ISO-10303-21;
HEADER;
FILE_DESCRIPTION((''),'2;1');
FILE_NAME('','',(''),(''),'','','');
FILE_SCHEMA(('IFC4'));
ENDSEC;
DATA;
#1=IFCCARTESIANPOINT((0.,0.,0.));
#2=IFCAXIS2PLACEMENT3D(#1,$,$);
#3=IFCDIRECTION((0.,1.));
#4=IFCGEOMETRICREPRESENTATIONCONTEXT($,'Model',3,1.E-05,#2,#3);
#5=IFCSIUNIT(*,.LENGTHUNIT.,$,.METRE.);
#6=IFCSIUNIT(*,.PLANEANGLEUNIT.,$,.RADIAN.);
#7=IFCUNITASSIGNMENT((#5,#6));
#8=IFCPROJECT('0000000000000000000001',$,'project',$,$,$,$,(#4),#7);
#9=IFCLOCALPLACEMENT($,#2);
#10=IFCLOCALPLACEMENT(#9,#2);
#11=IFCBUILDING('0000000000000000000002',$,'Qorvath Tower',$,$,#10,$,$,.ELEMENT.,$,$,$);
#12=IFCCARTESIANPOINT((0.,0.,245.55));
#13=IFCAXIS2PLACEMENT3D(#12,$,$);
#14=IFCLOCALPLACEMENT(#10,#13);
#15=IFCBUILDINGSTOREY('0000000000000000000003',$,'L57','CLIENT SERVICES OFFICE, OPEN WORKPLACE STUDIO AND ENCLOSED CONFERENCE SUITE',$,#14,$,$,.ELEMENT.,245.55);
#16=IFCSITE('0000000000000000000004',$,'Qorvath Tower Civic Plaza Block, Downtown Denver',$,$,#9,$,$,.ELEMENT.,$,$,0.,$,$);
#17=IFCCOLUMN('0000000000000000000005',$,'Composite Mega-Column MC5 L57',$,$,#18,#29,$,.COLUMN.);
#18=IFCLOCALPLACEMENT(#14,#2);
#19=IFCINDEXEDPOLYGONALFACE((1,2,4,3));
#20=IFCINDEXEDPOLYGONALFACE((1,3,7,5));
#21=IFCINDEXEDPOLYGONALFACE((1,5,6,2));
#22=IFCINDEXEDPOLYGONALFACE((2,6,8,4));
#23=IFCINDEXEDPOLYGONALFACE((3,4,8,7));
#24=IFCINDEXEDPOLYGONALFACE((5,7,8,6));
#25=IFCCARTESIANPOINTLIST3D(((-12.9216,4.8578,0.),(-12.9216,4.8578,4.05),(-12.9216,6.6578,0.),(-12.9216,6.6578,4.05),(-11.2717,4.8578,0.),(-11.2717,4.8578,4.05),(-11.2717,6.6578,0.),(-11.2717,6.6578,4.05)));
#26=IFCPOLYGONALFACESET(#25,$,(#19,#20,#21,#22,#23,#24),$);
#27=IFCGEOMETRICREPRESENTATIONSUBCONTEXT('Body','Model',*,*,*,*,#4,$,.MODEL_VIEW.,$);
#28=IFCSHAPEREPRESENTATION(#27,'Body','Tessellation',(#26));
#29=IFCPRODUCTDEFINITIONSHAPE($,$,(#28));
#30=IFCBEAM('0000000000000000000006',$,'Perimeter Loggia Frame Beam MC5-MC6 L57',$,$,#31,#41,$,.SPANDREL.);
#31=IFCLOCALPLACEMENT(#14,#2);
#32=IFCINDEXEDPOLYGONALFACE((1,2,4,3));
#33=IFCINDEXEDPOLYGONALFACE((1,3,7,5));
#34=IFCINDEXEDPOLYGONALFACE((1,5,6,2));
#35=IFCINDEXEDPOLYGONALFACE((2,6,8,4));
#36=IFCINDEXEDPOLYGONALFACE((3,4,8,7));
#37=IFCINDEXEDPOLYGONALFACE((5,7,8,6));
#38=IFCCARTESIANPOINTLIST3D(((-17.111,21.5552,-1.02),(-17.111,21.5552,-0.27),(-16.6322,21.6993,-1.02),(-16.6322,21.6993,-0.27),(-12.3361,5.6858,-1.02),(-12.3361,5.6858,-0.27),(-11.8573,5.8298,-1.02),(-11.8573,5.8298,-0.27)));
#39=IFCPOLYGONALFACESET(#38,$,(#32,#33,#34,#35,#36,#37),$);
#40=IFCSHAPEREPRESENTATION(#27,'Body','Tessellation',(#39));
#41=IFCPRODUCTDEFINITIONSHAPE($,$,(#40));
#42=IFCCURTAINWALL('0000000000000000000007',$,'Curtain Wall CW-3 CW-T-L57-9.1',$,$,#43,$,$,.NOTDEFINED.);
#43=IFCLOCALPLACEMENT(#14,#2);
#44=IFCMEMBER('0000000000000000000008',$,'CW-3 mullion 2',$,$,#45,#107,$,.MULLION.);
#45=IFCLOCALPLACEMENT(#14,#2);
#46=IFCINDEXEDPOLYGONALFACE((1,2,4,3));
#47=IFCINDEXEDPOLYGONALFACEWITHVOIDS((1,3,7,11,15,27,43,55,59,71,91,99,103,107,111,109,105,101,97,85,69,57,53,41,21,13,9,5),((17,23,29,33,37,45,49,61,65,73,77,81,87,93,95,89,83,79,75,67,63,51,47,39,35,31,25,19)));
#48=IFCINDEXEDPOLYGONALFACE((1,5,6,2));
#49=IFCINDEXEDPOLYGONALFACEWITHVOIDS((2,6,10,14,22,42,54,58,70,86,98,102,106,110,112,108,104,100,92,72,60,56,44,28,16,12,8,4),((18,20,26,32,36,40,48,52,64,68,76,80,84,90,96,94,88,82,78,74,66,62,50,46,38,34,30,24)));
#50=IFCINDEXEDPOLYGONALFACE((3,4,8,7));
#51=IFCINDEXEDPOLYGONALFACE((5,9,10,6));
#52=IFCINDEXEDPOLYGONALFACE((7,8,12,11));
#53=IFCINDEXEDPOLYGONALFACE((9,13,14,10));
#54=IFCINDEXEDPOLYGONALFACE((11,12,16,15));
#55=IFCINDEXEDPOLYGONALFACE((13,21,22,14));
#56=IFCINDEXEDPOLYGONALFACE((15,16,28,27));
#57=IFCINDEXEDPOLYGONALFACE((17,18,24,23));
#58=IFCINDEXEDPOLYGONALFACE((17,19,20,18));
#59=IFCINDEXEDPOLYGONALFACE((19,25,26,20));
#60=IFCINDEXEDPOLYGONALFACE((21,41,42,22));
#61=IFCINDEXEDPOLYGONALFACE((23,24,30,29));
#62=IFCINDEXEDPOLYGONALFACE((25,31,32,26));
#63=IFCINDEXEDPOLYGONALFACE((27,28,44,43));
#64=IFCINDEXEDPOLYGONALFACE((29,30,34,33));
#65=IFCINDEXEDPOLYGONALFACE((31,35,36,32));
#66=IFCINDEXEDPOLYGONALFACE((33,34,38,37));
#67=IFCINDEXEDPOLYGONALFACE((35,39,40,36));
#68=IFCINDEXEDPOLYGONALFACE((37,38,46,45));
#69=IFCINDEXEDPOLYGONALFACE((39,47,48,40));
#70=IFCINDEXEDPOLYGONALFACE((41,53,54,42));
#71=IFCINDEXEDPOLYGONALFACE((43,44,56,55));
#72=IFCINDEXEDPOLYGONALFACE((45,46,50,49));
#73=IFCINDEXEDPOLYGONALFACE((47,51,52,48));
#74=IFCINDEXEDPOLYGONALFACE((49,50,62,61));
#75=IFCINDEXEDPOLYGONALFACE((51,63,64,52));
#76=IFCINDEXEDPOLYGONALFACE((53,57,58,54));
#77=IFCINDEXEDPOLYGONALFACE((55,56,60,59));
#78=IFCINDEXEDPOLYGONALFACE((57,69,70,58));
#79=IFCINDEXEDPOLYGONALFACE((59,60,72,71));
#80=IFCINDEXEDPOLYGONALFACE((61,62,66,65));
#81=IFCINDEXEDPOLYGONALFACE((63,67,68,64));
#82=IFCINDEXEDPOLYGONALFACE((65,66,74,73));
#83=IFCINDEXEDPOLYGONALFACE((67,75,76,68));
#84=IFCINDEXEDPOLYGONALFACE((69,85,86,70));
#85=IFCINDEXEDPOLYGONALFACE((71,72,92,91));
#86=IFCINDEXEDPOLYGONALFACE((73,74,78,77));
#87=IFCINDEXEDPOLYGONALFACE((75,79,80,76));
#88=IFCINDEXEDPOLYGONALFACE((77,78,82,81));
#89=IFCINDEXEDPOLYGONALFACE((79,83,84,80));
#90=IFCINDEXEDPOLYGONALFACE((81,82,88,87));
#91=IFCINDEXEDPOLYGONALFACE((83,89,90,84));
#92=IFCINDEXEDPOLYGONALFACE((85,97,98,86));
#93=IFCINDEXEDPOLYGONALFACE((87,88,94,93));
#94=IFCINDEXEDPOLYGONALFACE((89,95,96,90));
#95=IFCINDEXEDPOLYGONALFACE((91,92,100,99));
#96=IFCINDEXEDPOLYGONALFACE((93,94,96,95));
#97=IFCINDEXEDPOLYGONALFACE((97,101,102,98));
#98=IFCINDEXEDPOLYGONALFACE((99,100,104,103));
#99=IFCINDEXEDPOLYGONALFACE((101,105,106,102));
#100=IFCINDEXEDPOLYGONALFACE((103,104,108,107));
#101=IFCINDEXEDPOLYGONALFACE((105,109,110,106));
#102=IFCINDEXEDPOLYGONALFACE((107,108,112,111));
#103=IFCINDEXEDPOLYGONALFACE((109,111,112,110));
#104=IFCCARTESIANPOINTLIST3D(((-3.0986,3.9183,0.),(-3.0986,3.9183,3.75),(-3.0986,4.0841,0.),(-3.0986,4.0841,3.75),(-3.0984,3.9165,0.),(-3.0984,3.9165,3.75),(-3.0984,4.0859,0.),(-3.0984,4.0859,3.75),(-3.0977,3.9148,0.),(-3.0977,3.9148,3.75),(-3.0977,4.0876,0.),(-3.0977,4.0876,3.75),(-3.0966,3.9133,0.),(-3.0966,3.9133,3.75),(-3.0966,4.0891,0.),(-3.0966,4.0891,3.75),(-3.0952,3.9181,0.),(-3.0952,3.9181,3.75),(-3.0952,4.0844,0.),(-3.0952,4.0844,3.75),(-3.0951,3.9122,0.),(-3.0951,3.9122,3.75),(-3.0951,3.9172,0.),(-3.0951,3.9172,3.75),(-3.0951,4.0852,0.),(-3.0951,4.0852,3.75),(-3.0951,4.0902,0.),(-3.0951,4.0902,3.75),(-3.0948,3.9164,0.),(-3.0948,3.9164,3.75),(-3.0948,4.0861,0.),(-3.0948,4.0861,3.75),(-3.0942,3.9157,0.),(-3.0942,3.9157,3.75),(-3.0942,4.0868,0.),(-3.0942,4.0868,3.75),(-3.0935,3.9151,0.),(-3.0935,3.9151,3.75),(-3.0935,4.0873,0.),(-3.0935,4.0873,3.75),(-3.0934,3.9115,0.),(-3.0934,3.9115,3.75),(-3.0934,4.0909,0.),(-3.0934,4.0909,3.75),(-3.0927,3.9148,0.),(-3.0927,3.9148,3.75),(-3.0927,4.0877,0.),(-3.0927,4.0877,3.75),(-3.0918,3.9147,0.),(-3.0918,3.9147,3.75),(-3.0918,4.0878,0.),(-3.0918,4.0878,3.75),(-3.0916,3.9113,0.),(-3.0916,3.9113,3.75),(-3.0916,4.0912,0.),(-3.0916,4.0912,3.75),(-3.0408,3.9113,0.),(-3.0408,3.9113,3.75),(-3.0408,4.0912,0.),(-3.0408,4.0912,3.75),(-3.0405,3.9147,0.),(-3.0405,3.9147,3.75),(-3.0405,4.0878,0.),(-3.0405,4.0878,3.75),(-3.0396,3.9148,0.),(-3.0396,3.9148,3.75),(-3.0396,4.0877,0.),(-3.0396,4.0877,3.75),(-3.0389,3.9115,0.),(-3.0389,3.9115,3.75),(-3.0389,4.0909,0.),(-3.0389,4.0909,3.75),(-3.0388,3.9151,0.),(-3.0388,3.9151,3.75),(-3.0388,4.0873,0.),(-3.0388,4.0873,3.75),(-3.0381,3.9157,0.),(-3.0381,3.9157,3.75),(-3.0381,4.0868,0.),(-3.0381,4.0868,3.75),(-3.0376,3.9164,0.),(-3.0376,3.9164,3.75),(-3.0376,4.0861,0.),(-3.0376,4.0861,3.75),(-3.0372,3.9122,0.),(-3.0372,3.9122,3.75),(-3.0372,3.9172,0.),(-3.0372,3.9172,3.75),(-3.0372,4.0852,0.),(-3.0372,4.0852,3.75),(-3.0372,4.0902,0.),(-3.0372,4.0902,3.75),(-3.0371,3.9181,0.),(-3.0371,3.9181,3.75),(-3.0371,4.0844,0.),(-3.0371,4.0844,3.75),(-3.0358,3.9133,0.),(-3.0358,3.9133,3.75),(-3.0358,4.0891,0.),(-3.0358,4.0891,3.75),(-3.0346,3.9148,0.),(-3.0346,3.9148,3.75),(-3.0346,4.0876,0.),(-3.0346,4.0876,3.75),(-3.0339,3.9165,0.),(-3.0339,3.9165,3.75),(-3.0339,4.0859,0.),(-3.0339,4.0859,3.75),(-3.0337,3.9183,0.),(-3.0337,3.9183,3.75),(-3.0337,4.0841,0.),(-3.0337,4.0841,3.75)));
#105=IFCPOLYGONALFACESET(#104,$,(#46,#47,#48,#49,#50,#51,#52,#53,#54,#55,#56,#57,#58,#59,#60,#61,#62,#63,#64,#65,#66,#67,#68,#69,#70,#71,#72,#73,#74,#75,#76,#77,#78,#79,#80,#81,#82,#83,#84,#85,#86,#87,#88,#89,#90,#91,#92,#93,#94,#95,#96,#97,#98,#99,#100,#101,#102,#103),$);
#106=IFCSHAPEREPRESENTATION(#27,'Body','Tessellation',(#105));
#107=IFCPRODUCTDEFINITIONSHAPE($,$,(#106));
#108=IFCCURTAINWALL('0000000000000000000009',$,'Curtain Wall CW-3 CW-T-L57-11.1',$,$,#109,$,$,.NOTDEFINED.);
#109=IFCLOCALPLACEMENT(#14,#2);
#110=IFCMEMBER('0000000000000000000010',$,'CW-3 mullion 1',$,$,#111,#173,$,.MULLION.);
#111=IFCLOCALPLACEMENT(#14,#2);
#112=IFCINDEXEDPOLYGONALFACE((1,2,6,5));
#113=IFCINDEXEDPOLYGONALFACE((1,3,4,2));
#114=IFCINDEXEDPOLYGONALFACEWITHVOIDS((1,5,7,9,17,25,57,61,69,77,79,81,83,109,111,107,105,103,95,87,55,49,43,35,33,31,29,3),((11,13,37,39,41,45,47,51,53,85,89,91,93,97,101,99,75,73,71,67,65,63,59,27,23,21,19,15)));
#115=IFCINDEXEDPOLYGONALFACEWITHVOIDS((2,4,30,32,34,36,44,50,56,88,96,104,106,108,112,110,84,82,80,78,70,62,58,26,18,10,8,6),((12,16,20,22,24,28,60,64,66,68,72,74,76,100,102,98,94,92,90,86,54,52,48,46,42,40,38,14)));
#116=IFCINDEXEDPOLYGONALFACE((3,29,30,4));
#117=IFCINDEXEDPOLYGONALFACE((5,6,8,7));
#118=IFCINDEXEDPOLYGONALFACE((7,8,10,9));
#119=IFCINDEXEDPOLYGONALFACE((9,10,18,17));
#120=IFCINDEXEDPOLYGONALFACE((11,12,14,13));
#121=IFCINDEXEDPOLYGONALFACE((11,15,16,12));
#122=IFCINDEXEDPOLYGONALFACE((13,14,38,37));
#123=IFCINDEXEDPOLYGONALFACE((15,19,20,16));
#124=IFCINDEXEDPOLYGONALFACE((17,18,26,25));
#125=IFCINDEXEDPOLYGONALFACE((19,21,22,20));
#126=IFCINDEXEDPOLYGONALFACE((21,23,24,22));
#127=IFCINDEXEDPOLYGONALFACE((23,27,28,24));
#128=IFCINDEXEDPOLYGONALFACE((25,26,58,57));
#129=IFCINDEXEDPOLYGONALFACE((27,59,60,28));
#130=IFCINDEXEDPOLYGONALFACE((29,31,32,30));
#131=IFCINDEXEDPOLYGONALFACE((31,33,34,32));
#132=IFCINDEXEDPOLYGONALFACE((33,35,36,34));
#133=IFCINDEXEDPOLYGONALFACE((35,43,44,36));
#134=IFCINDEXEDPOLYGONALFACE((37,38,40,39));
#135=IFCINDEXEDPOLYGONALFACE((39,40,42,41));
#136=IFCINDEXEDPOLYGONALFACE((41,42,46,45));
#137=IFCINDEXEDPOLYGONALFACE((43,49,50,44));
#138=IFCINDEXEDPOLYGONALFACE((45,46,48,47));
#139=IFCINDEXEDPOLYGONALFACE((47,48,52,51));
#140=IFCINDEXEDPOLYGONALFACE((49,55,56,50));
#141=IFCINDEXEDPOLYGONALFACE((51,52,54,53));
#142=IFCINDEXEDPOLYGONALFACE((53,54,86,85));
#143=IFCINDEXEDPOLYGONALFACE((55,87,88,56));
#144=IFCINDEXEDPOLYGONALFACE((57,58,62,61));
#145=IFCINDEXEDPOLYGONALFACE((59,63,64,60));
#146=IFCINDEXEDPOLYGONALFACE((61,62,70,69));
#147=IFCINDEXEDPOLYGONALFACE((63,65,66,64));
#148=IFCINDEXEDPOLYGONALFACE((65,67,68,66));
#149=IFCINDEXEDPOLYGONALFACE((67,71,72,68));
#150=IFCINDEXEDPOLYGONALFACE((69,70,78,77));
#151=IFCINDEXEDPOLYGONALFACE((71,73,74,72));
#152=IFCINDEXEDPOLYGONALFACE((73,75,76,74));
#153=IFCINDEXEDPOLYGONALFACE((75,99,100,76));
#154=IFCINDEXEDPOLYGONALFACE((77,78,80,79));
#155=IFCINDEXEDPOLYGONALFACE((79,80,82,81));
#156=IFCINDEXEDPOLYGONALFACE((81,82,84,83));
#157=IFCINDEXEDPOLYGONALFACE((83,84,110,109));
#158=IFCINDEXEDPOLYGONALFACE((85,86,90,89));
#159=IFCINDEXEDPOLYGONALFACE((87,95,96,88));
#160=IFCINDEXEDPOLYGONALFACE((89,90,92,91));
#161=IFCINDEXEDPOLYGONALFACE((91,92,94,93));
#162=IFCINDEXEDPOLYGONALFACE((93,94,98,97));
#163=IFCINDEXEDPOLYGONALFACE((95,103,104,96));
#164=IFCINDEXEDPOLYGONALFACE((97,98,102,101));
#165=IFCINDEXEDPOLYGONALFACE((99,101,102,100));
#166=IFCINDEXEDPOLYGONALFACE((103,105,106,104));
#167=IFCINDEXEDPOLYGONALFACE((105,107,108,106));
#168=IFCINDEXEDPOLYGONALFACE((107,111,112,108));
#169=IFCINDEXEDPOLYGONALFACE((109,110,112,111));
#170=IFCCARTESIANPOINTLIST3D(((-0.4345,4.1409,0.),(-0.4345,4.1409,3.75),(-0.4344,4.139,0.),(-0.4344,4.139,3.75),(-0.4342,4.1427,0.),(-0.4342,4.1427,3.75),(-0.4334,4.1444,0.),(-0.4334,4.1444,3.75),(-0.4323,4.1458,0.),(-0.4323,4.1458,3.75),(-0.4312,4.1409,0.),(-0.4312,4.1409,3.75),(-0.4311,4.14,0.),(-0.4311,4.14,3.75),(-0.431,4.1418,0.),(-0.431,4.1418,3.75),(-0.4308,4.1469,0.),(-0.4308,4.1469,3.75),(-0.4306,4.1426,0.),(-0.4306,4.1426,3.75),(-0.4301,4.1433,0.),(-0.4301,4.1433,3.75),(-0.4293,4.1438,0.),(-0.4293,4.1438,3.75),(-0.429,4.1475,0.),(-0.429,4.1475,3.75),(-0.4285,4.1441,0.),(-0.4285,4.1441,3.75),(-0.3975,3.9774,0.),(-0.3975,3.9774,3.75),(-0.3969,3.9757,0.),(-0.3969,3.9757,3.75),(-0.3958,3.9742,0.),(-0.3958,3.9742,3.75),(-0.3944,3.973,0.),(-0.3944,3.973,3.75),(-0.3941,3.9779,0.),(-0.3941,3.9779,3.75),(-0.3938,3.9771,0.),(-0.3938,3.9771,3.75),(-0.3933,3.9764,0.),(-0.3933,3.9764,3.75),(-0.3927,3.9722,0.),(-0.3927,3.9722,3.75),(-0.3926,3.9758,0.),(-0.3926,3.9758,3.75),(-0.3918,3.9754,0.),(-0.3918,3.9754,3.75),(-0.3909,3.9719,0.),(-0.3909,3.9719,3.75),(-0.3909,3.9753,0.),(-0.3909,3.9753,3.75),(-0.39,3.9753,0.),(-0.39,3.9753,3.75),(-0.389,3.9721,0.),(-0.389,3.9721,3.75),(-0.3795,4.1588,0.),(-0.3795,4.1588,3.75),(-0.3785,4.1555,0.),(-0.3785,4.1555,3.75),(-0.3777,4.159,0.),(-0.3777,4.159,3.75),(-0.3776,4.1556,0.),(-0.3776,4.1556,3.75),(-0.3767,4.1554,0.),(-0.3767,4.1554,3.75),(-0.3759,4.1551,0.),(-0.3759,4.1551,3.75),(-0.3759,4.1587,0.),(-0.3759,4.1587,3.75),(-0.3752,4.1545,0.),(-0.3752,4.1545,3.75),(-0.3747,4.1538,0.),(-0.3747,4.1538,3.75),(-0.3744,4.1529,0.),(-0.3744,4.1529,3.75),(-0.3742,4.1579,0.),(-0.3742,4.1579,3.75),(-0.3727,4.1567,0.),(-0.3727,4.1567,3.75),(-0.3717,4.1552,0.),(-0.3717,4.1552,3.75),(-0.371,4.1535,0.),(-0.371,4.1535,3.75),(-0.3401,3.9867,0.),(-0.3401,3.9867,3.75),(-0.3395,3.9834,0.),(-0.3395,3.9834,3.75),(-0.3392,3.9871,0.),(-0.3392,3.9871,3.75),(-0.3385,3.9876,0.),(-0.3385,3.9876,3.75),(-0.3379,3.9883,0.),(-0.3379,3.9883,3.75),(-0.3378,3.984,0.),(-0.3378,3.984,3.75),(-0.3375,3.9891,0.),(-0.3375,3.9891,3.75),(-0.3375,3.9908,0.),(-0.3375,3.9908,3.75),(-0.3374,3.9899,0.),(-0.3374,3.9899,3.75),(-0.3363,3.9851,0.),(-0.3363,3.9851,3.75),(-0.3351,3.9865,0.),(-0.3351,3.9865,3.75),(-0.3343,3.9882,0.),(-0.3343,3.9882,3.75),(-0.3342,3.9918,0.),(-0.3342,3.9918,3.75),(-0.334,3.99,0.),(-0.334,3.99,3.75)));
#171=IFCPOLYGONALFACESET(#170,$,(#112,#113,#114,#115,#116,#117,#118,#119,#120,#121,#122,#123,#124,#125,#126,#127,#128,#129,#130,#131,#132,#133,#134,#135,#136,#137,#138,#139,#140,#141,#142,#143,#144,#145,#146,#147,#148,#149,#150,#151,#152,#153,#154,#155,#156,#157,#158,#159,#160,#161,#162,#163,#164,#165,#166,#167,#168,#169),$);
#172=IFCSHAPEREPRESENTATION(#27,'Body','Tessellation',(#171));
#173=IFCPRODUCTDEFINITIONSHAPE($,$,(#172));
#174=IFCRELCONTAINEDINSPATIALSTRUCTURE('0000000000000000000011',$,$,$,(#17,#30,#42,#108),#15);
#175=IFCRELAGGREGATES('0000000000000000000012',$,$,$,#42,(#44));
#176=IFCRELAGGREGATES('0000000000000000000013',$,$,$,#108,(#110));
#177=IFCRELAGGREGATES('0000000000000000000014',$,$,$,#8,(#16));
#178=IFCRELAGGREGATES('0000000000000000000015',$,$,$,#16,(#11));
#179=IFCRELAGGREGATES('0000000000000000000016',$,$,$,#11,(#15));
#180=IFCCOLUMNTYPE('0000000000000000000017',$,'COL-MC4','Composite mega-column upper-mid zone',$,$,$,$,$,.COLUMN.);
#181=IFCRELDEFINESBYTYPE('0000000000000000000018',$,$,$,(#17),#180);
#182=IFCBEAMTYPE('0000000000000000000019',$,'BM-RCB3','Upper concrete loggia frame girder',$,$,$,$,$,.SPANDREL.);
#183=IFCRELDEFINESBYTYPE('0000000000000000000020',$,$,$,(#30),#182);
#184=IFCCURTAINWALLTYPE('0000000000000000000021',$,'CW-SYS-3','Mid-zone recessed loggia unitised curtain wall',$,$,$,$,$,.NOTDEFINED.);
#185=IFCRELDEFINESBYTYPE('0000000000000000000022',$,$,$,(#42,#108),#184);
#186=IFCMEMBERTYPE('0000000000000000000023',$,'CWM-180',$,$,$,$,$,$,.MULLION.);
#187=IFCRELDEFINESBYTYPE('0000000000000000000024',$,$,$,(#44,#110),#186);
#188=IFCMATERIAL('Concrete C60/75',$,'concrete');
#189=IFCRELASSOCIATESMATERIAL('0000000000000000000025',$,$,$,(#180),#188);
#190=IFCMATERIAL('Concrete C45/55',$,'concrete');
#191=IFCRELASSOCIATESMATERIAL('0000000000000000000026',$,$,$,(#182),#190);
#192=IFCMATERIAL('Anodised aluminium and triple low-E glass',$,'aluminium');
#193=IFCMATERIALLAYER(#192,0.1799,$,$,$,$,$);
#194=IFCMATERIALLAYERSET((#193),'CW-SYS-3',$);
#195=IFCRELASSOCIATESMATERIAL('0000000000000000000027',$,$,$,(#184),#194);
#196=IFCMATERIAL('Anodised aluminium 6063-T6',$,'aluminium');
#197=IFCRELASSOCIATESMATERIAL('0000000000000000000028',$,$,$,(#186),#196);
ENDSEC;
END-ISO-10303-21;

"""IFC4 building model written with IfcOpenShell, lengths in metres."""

from ifc_helpers import new_model, si_unit, direction, frame, origin, origin_2d, place, context, subcontext, project, spatial, rectangle, hollow_rectangle, extrude, material, layer, layer_set, material_profile, profile_set, type_object, element, aggregate, save


model = new_model("IFC4")

# Units and contexts
model_context = context("Model", 3, precision=1e-05, world=origin(), true_north=direction((0.0, 1.0)))
body_context = subcontext(model_context, "Body", "Model", "MODEL_VIEW")
ifc_project = project(units=[si_unit("LENGTHUNIT", "METRE"), si_unit("PLANEANGLEUNIT", "RADIAN")], contexts=[model_context])

# Site, building, storey
site_placement = place(None, origin())
site = spatial("IfcSite", under=ifc_project, at=site_placement, Name="Qorvath Tower Civic Plaza Block, Downtown Denver", CompositionType="ELEMENT", RefElevation=0.0)
building_placement = place(site_placement, origin())
building = spatial("IfcBuilding", under=site, at=building_placement, Name="Qorvath Tower", CompositionType="ELEMENT")
storey_placement = place(building_placement, frame((0.0, 0.0, 245.55)))
storey = spatial("IfcBuildingStorey", under=building, at=storey_placement, Name="L57", Description="CLIENT SERVICES OFFICE, OPEN WORKPLACE STUDIO AND ENCLOSED CONFERENCE SUITE", CompositionType="ELEMENT", Elevation=245.55)

# Column
ifc_material_1 = material(Name="Concrete C60/75", Category="concrete")
ifc_material_profile_1 = material_profile(ifc_material_1, rectangle(XDim=1.6499, YDim=1.8, at=origin_2d()), Name="MC 1800x1650")
ifc_profile_set_1 = profile_set([ifc_material_profile_1], Name="Concrete C60/75")
column_type = type_object("IfcColumnType", Name="COL-MC4", Description="Composite mega-column upper-mid zone", PredefinedType="COLUMN", material=ifc_profile_set_1)
column_placement = place(storey_placement, frame((-12.0967, 5.7578, 0.0), z_axis=(0.0, 0.0, 1.0), x_axis=(1.0, 0.0, 0.0)))
element("IfcColumn", 1, at=column_placement, inside=storey, type_object=column_type, Name="Composite Mega-Column MC5 L57", PredefinedType="COLUMN", context=body_context, shape_type="SweptSolid", body=[
    extrude(rectangle(XDim=1.6499, YDim=1.8, at=origin_2d()), origin(), (0.0, 0.0, 1.0), 4.05),
])

# Beam
ifc_material_2 = material(Name="Concrete C45/55", Category="concrete")
ifc_material_profile_2 = material_profile(ifc_material_2, rectangle(XDim=0.5, YDim=0.75, at=origin_2d()), Name="RCB 750x500")
ifc_profile_set_2 = profile_set([ifc_material_profile_2], Name="Concrete C45/55")
beam_type = type_object("IfcBeamType", Name="BM-RCB3", Description="Upper concrete loggia frame girder", PredefinedType="SPANDREL", material=ifc_profile_set_2)
beam_placement = place(storey_placement, frame((-12.0967, 5.7578, -0.645), z_axis=(-0.288128, 0.957592, 0.0), x_axis=(-0.957592, -0.288128, 0.0)))
element("IfcBeam", 2, at=beam_placement, inside=storey, type_object=beam_type, Name="Perimeter Loggia Frame Beam MC5-MC6 L57", PredefinedType="SPANDREL", context=body_context, shape_type="SweptSolid", body=[
    extrude(rectangle(XDim=0.5, YDim=0.75, at=origin_2d()), origin(), (0.0, 0.0, 1.0), 16.5723),
])

# Curtain wall, member
ifc_material_3 = material(Name="Anodised aluminium and triple low-E glass", Category="aluminium")
ifc_layer_1 = layer(ifc_material_3, 0.1799)
ifc_layer_set_1 = layer_set([ifc_layer_1], Name="CW-SYS-3")
curtain_wall_type = type_object("IfcCurtainWallType", Name="CW-SYS-3", Description="Mid-zone recessed loggia unitised curtain wall", PredefinedType="NOTDEFINED", material=ifc_layer_set_1)
curtain_wall_1_placement = place(storey_placement, origin())
curtain_wall_1 = element("IfcCurtainWall", 3, at=curtain_wall_1_placement, inside=storey, type_object=curtain_wall_type, Name="Curtain Wall CW-3 CW-T-L57-9.1", PredefinedType="NOTDEFINED")
ifc_material_4 = material(Name="Anodised aluminium 6063-T6", Category="aluminium")
ifc_material_profile_3 = material_profile(ifc_material_4, hollow_rectangle(XDim=0.0649, YDim=0.1799, WallThickness=0.0034, InnerFilletRadius=0.0034, OuterFilletRadius=0.0071, at=origin_2d()), Name="CWM 180x65")
ifc_profile_set_3 = profile_set([ifc_material_profile_3], Name="Anodised aluminium 6063-T6")
member_type_1 = type_object("IfcMemberType", Name="CWM-180", PredefinedType="MULLION", material=ifc_profile_set_3)
member_1_placement = place(storey_placement, frame((-3.0662, 4.0012, 0.0), z_axis=(0.0, 0.0, 1.0), x_axis=(-1.0, 0.0, 0.0)))
member_1 = element("IfcMember", 4, at=member_1_placement, type_object=member_type_1, Name="CW-3 mullion 2", PredefinedType="MULLION", context=body_context, shape_type="SweptSolid", body=[
    extrude(hollow_rectangle(XDim=0.0649, YDim=0.1799, WallThickness=0.0034, InnerFilletRadius=0.0034, OuterFilletRadius=0.0071, at=origin_2d()), origin(), (0.0, 0.0, 1.0), 3.75),
])
aggregate(curtain_wall_1, [member_1])

# Curtain wall, member
curtain_wall_2_placement = place(storey_placement, origin())
curtain_wall_2 = element("IfcCurtainWall", 5, at=curtain_wall_2_placement, inside=storey, type_object=curtain_wall_type, Name="Curtain Wall CW-3 CW-T-L57-11.1", PredefinedType="NOTDEFINED")
member_2_placement = place(storey_placement, frame((-0.3843, 4.0654, 0.0), z_axis=(0.0, 0.0, 1.0), x_axis=(-0.975, -0.222206, 0.0)))
member_2 = element("IfcMember", 6, at=member_2_placement, type_object=member_type_1, Name="CW-3 mullion 1", PredefinedType="MULLION", context=body_context, shape_type="SweptSolid", body=[
    extrude(hollow_rectangle(XDim=0.0649, YDim=0.1799, WallThickness=0.0034, InnerFilletRadius=0.0034, OuterFilletRadius=0.0071, at=origin_2d()), origin(), (0.0, 0.0, 1.0), 3.75),
])
aggregate(curtain_wall_2, [member_2])

save(model, "model.ifc")
